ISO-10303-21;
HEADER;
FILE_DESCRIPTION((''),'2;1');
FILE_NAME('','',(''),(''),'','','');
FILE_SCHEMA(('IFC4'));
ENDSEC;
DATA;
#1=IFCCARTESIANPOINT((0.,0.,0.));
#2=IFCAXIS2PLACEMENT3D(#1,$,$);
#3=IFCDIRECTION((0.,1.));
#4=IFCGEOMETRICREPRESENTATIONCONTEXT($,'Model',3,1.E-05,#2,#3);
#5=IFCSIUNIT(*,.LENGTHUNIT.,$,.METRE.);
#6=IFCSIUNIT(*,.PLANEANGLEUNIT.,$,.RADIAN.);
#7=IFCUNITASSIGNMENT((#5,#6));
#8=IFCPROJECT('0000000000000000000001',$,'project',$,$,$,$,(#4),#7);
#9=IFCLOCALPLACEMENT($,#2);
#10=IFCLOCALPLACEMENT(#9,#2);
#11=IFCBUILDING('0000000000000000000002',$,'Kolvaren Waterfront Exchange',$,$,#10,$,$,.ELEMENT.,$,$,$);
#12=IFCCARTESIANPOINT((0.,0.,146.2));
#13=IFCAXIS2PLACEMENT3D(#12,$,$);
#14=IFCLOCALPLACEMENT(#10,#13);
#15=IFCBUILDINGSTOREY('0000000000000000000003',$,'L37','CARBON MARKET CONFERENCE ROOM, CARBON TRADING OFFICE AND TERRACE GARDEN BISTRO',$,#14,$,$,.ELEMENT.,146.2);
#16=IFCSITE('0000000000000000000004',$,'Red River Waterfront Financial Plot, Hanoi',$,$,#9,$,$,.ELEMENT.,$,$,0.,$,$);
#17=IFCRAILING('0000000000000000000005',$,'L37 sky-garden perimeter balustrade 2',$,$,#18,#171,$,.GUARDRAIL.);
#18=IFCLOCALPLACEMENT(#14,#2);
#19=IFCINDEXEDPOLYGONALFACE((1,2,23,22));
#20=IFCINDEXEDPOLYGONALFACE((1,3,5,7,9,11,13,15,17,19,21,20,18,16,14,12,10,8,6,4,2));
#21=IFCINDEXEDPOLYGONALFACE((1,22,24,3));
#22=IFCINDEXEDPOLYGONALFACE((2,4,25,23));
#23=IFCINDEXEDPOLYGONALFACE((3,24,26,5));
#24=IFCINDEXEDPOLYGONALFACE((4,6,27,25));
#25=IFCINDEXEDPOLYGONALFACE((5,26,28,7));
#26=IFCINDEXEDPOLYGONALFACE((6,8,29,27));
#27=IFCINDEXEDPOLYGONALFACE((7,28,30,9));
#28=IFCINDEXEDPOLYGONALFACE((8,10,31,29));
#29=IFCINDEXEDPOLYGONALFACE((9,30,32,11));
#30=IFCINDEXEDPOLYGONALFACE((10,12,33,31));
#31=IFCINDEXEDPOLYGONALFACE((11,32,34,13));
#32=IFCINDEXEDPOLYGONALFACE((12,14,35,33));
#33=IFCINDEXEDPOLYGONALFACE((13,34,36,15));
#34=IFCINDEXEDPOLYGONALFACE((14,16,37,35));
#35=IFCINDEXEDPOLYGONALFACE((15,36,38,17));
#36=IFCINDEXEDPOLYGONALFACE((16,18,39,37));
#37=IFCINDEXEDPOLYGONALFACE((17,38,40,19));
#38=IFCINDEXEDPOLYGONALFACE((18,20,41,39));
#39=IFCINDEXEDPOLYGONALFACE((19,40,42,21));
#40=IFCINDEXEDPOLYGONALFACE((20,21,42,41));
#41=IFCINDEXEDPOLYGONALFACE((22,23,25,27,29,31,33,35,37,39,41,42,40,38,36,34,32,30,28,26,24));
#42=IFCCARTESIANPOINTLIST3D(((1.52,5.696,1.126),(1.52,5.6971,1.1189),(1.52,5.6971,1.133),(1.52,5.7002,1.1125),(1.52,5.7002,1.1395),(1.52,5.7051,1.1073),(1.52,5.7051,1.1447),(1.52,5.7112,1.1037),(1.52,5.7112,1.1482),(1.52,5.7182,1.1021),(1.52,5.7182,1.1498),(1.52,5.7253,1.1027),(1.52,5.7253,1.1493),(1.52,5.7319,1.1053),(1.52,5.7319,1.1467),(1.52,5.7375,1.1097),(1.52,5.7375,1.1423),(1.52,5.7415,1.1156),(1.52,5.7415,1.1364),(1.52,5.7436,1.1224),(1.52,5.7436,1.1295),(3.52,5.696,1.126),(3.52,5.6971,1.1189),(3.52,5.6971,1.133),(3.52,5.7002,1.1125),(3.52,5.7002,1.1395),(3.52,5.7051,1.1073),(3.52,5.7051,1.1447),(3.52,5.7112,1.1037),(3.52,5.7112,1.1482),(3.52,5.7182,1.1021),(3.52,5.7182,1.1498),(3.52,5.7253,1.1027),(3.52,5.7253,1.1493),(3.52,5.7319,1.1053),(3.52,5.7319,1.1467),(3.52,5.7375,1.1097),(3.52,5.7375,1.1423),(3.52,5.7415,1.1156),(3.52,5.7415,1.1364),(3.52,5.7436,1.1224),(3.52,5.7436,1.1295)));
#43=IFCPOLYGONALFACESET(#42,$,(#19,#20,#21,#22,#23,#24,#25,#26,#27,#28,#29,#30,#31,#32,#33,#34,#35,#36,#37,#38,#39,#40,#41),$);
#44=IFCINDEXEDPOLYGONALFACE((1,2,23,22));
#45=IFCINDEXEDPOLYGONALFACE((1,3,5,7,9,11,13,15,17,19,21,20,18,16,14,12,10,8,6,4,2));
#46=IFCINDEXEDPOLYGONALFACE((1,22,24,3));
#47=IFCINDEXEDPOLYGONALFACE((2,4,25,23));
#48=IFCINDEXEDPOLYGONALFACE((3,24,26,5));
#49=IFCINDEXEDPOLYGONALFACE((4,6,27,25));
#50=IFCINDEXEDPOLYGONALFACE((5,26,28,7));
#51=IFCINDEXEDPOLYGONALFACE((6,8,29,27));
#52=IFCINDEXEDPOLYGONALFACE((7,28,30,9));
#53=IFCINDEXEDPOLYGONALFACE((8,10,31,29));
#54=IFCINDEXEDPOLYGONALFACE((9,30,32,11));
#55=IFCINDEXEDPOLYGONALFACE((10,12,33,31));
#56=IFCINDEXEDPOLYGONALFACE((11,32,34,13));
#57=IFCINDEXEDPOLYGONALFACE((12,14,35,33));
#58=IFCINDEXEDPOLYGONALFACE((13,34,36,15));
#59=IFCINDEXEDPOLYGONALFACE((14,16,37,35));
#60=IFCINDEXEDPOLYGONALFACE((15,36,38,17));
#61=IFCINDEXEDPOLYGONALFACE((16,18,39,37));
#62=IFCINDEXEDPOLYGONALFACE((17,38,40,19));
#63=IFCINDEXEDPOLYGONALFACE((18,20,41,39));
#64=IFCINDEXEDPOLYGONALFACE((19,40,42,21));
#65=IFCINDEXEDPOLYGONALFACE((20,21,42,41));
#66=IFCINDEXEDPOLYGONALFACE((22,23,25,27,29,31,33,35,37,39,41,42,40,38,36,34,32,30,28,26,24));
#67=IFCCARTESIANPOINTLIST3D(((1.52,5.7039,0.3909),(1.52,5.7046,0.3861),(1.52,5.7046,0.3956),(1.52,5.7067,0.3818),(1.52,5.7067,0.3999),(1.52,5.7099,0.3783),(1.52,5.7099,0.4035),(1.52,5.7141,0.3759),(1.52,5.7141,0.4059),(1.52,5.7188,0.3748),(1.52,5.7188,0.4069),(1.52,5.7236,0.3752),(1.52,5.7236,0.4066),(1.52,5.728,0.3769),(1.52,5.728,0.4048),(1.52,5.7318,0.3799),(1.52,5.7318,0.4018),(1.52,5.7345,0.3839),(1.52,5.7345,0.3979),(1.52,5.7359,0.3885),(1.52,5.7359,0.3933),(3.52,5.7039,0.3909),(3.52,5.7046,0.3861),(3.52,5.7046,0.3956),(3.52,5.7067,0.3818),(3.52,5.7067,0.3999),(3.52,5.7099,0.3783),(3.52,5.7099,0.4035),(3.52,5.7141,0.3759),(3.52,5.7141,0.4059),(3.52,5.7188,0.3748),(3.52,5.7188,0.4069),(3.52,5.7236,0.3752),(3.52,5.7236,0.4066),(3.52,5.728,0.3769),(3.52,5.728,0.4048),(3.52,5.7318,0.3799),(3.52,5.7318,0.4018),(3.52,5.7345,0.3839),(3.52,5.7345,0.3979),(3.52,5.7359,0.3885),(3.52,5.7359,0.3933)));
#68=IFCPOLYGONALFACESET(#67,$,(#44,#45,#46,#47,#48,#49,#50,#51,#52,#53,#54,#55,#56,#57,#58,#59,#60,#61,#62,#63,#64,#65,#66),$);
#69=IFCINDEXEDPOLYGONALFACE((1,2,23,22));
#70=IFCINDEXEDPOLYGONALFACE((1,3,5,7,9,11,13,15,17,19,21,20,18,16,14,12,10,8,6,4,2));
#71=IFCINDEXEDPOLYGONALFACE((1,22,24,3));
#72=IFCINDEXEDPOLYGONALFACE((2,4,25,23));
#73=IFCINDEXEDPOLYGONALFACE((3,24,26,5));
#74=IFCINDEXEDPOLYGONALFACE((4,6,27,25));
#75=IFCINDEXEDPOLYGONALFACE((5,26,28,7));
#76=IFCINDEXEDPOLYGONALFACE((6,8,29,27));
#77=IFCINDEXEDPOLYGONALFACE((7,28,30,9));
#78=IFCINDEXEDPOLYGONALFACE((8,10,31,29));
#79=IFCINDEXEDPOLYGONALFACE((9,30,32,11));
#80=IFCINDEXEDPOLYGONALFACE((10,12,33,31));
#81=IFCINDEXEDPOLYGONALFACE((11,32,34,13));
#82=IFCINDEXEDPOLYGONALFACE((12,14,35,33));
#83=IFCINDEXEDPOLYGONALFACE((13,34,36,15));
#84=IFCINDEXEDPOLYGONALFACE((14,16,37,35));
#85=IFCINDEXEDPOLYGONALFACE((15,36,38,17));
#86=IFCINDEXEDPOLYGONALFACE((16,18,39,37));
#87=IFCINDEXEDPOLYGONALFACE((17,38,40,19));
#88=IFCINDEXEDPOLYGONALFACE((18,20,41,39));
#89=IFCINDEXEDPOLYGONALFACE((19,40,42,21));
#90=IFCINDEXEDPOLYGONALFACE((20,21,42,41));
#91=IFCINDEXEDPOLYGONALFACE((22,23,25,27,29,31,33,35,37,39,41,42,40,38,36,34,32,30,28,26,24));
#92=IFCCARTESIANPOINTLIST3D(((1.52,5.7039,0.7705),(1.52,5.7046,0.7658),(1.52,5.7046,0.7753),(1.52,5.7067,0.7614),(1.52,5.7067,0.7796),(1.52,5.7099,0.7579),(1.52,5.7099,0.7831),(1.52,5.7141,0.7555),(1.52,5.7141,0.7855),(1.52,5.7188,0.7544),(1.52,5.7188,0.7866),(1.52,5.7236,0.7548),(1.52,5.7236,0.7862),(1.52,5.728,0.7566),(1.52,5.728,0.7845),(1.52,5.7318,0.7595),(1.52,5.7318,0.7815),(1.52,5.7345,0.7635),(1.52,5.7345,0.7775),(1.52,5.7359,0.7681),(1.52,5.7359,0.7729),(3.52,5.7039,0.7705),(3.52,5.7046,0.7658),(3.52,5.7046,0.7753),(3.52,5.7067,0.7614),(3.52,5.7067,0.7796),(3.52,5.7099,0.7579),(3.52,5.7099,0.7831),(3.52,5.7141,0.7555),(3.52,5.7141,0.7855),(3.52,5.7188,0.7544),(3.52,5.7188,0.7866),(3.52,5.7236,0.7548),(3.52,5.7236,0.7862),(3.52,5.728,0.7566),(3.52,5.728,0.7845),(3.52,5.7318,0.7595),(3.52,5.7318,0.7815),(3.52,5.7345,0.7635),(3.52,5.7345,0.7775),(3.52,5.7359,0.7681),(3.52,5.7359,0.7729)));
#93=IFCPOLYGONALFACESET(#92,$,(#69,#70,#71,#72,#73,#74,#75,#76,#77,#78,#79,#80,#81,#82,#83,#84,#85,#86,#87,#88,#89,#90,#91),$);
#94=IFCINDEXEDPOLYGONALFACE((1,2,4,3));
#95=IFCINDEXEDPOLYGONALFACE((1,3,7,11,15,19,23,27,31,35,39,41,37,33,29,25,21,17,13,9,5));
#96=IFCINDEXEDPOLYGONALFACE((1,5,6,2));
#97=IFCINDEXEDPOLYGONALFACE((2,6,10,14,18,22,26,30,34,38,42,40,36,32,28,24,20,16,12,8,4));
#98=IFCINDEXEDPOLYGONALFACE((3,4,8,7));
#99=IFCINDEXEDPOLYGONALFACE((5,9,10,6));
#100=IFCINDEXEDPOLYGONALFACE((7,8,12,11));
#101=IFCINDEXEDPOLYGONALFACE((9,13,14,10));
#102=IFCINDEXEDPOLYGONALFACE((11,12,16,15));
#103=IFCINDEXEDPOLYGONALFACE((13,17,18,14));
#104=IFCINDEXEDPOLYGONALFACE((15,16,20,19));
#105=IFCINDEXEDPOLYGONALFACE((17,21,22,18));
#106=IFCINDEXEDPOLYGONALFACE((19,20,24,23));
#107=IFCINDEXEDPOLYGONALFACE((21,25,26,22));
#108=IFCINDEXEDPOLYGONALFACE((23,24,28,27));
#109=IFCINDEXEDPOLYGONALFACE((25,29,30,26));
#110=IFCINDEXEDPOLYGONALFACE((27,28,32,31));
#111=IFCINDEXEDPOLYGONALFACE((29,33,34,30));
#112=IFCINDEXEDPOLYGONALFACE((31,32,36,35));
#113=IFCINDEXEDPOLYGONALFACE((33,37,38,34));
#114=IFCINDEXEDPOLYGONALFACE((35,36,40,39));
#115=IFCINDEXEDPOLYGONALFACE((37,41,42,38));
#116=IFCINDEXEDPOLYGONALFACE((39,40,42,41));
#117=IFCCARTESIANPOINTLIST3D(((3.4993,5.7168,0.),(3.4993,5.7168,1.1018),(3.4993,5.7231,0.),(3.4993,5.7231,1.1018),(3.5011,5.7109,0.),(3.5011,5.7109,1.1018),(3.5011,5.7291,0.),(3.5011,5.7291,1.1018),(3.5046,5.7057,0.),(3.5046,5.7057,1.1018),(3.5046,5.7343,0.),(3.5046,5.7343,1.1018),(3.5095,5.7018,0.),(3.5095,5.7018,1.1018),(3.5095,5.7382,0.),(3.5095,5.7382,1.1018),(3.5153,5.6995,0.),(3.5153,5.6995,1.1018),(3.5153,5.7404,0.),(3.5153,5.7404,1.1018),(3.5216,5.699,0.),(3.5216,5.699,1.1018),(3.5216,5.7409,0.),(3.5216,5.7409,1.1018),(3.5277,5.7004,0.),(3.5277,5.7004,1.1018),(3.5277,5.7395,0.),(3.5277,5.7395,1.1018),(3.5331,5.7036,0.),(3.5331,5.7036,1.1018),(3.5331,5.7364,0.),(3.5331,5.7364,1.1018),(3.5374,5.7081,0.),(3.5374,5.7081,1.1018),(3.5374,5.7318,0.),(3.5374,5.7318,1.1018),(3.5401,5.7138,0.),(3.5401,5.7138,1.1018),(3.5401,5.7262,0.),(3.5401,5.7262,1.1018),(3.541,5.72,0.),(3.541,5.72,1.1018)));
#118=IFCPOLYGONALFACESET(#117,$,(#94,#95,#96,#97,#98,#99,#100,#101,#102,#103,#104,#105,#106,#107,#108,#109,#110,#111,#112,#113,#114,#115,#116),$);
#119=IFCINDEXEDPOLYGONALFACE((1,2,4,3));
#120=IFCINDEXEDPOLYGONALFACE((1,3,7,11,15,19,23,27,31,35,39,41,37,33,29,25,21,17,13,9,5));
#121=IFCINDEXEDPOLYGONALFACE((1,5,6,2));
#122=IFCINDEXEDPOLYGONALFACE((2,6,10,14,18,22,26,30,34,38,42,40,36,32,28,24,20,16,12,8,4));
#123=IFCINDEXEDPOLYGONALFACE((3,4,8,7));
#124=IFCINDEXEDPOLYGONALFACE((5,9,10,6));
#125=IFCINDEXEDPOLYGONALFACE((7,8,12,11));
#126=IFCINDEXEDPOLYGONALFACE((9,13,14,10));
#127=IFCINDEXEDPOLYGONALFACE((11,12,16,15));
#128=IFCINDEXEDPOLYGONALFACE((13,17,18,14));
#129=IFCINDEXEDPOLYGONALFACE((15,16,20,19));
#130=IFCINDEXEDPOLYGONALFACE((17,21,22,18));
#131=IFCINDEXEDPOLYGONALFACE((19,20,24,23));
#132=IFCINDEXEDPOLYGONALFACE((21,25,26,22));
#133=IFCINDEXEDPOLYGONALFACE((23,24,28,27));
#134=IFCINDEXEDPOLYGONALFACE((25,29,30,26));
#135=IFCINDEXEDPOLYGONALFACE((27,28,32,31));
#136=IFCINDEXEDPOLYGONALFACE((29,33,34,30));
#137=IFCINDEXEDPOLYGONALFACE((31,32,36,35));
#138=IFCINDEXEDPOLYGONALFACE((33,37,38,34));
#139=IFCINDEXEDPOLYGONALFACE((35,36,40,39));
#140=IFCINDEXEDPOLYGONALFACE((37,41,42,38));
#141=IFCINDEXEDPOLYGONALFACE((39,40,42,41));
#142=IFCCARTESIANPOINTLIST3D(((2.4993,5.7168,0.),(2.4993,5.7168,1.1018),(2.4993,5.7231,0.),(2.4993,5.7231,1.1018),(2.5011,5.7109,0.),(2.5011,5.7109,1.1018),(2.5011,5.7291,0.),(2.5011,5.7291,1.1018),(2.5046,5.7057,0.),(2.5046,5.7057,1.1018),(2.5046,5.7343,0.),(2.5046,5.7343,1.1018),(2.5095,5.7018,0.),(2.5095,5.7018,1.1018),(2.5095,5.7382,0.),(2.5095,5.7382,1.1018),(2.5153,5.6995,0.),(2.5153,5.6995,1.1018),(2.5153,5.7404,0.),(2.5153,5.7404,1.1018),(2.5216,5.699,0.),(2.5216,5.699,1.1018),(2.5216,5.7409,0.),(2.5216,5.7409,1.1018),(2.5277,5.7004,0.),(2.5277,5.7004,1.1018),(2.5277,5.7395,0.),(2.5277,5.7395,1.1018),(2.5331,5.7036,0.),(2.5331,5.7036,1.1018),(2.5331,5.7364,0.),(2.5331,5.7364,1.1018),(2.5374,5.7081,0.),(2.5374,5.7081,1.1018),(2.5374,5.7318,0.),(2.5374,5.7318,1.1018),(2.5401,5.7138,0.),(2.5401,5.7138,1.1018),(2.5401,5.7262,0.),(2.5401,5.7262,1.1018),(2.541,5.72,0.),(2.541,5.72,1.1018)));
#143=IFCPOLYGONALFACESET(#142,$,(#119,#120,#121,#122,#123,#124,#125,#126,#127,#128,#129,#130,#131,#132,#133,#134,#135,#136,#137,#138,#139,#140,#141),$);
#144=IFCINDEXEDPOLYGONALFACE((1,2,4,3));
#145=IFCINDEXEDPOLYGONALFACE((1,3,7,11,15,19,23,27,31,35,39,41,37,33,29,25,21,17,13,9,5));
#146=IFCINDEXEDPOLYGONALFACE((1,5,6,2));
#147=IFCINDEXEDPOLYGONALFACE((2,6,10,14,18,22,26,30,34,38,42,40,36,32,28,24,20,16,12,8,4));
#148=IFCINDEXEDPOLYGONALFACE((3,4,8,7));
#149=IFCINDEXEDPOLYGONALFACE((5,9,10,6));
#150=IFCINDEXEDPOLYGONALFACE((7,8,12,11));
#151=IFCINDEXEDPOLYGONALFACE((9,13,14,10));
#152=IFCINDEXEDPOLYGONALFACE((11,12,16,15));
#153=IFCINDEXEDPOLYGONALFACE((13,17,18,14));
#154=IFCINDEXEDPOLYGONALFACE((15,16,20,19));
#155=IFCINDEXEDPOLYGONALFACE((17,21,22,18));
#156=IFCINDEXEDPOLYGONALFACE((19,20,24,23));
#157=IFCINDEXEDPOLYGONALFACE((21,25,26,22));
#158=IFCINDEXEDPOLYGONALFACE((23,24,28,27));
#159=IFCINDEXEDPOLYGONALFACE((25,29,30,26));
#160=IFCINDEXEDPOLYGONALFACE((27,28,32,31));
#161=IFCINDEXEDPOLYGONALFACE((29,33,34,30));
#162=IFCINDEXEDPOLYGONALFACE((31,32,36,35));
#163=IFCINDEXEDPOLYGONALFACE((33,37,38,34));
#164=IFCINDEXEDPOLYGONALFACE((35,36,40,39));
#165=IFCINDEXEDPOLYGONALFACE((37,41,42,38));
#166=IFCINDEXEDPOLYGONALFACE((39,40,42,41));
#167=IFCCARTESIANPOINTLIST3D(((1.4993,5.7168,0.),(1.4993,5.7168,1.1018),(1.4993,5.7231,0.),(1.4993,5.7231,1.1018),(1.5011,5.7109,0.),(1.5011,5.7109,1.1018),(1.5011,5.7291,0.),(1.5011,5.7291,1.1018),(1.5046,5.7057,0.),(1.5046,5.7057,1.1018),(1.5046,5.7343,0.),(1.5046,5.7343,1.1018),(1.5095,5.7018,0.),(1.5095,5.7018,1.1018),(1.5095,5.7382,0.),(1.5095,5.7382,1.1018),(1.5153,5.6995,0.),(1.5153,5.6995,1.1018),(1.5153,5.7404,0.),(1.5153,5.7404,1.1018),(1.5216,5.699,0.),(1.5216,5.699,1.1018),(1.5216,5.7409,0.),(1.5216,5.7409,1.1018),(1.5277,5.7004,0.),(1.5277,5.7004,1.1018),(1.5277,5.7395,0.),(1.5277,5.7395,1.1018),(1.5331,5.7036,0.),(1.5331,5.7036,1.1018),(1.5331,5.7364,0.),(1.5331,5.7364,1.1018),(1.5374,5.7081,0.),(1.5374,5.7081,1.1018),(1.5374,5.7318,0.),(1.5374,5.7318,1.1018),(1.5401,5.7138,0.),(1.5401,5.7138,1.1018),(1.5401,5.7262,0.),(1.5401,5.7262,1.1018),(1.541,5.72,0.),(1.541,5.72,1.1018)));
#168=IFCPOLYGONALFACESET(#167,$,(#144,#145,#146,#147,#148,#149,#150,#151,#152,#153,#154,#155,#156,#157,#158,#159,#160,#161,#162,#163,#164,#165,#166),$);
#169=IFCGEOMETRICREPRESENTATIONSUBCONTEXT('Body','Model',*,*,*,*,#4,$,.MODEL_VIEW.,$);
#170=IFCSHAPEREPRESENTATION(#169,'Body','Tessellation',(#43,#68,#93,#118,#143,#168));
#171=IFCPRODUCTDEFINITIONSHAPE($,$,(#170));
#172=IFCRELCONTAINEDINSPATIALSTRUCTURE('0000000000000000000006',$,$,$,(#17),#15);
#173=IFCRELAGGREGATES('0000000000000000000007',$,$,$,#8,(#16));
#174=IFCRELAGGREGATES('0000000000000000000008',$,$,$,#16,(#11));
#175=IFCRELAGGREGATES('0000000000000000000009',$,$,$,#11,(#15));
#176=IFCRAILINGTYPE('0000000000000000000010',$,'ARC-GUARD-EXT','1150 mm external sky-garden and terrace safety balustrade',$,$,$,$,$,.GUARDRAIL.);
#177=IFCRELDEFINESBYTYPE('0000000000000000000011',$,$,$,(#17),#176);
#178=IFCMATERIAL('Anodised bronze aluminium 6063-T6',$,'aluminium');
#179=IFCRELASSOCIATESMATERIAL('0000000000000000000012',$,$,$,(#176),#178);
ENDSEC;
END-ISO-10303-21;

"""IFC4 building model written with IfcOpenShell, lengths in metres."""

from ifc_helpers import new_model, si_unit, direction, frame, origin, origin_2d, place, context, subcontext, project, spatial, circle, extrude, material, type_object, element, save


model = new_model("IFC4")

# Units and contexts
model_context = context("Model", 3, precision=1e-05, world=origin(), true_north=direction((0.0, 1.0)))
body_context = subcontext(model_context, "Body", "Model", "MODEL_VIEW")
ifc_project = project(units=[si_unit("LENGTHUNIT", "METRE"), si_unit("PLANEANGLEUNIT", "RADIAN")], contexts=[model_context])

# Site, building, storey
site_placement = place(None, origin())
site = spatial("IfcSite", under=ifc_project, at=site_placement, Name="Red River Waterfront Financial Plot, Hanoi", CompositionType="ELEMENT", RefElevation=0.0)
building_placement = place(site_placement, origin())
building = spatial("IfcBuilding", under=site, at=building_placement, Name="Kolvaren Waterfront Exchange", CompositionType="ELEMENT")
storey_placement = place(building_placement, frame((0.0, 0.0, 146.2)))
storey = spatial("IfcBuildingStorey", under=building, at=storey_placement, Name="L37", Description="CARBON MARKET CONFERENCE ROOM, CARBON TRADING OFFICE AND TERRACE GARDEN BISTRO", CompositionType="ELEMENT", Elevation=146.2)

# Railing
ifc_material_1 = material(Name="Anodised bronze aluminium 6063-T6", Category="aluminium")
railing_type = type_object("IfcRailingType", Name="ARC-GUARD-EXT", Description="1150 mm external sky-garden and terrace safety balustrade", PredefinedType="GUARDRAIL", material=ifc_material_1)
railing_1_placement = place(storey_placement, frame((3.52, 5.72, 0.0)))
element("IfcRailing", 1, at=railing_1_placement, inside=storey, type_object=railing_type, Name="L37 sky-garden perimeter balustrade 2", PredefinedType="GUARDRAIL", context=body_context, shape_type="SweptSolid", body=[
    extrude(circle(Radius=0.0239, at=origin_2d()), frame((0.0, 0.0, 1.126), z_axis=(-1.0, 0.0, 0.0), x_axis=(0.0, -1.0, 0.0)), (0.0, 0.0, 1.0), 2.0),
    extrude(circle(Radius=0.0161, at=origin_2d()), frame((0.0, 0.0, 0.3909), z_axis=(-1.0, 0.0, 0.0), x_axis=(0.0, -1.0, 0.0)), (0.0, 0.0, 1.0), 2.0),
    extrude(circle(Radius=0.0161, at=origin_2d()), frame((0.0, 0.0, 0.7705), z_axis=(-1.0, 0.0, 0.0), x_axis=(0.0, -1.0, 0.0)), (0.0, 0.0, 1.0), 2.0),
    extrude(circle(Radius=0.021, at=origin_2d()), origin(), (0.0, 0.0, 1.0), 1.1018),
    extrude(circle(Radius=0.021, at=origin_2d()), frame((-1.0, 0.0, 0.0)), (0.0, 0.0, 1.0), 1.1018),
    extrude(circle(Radius=0.021, at=origin_2d()), frame((-2.0, 0.0, 0.0)), (0.0, 0.0, 1.0), 1.1018),
])

save(model, "model.ifc")
